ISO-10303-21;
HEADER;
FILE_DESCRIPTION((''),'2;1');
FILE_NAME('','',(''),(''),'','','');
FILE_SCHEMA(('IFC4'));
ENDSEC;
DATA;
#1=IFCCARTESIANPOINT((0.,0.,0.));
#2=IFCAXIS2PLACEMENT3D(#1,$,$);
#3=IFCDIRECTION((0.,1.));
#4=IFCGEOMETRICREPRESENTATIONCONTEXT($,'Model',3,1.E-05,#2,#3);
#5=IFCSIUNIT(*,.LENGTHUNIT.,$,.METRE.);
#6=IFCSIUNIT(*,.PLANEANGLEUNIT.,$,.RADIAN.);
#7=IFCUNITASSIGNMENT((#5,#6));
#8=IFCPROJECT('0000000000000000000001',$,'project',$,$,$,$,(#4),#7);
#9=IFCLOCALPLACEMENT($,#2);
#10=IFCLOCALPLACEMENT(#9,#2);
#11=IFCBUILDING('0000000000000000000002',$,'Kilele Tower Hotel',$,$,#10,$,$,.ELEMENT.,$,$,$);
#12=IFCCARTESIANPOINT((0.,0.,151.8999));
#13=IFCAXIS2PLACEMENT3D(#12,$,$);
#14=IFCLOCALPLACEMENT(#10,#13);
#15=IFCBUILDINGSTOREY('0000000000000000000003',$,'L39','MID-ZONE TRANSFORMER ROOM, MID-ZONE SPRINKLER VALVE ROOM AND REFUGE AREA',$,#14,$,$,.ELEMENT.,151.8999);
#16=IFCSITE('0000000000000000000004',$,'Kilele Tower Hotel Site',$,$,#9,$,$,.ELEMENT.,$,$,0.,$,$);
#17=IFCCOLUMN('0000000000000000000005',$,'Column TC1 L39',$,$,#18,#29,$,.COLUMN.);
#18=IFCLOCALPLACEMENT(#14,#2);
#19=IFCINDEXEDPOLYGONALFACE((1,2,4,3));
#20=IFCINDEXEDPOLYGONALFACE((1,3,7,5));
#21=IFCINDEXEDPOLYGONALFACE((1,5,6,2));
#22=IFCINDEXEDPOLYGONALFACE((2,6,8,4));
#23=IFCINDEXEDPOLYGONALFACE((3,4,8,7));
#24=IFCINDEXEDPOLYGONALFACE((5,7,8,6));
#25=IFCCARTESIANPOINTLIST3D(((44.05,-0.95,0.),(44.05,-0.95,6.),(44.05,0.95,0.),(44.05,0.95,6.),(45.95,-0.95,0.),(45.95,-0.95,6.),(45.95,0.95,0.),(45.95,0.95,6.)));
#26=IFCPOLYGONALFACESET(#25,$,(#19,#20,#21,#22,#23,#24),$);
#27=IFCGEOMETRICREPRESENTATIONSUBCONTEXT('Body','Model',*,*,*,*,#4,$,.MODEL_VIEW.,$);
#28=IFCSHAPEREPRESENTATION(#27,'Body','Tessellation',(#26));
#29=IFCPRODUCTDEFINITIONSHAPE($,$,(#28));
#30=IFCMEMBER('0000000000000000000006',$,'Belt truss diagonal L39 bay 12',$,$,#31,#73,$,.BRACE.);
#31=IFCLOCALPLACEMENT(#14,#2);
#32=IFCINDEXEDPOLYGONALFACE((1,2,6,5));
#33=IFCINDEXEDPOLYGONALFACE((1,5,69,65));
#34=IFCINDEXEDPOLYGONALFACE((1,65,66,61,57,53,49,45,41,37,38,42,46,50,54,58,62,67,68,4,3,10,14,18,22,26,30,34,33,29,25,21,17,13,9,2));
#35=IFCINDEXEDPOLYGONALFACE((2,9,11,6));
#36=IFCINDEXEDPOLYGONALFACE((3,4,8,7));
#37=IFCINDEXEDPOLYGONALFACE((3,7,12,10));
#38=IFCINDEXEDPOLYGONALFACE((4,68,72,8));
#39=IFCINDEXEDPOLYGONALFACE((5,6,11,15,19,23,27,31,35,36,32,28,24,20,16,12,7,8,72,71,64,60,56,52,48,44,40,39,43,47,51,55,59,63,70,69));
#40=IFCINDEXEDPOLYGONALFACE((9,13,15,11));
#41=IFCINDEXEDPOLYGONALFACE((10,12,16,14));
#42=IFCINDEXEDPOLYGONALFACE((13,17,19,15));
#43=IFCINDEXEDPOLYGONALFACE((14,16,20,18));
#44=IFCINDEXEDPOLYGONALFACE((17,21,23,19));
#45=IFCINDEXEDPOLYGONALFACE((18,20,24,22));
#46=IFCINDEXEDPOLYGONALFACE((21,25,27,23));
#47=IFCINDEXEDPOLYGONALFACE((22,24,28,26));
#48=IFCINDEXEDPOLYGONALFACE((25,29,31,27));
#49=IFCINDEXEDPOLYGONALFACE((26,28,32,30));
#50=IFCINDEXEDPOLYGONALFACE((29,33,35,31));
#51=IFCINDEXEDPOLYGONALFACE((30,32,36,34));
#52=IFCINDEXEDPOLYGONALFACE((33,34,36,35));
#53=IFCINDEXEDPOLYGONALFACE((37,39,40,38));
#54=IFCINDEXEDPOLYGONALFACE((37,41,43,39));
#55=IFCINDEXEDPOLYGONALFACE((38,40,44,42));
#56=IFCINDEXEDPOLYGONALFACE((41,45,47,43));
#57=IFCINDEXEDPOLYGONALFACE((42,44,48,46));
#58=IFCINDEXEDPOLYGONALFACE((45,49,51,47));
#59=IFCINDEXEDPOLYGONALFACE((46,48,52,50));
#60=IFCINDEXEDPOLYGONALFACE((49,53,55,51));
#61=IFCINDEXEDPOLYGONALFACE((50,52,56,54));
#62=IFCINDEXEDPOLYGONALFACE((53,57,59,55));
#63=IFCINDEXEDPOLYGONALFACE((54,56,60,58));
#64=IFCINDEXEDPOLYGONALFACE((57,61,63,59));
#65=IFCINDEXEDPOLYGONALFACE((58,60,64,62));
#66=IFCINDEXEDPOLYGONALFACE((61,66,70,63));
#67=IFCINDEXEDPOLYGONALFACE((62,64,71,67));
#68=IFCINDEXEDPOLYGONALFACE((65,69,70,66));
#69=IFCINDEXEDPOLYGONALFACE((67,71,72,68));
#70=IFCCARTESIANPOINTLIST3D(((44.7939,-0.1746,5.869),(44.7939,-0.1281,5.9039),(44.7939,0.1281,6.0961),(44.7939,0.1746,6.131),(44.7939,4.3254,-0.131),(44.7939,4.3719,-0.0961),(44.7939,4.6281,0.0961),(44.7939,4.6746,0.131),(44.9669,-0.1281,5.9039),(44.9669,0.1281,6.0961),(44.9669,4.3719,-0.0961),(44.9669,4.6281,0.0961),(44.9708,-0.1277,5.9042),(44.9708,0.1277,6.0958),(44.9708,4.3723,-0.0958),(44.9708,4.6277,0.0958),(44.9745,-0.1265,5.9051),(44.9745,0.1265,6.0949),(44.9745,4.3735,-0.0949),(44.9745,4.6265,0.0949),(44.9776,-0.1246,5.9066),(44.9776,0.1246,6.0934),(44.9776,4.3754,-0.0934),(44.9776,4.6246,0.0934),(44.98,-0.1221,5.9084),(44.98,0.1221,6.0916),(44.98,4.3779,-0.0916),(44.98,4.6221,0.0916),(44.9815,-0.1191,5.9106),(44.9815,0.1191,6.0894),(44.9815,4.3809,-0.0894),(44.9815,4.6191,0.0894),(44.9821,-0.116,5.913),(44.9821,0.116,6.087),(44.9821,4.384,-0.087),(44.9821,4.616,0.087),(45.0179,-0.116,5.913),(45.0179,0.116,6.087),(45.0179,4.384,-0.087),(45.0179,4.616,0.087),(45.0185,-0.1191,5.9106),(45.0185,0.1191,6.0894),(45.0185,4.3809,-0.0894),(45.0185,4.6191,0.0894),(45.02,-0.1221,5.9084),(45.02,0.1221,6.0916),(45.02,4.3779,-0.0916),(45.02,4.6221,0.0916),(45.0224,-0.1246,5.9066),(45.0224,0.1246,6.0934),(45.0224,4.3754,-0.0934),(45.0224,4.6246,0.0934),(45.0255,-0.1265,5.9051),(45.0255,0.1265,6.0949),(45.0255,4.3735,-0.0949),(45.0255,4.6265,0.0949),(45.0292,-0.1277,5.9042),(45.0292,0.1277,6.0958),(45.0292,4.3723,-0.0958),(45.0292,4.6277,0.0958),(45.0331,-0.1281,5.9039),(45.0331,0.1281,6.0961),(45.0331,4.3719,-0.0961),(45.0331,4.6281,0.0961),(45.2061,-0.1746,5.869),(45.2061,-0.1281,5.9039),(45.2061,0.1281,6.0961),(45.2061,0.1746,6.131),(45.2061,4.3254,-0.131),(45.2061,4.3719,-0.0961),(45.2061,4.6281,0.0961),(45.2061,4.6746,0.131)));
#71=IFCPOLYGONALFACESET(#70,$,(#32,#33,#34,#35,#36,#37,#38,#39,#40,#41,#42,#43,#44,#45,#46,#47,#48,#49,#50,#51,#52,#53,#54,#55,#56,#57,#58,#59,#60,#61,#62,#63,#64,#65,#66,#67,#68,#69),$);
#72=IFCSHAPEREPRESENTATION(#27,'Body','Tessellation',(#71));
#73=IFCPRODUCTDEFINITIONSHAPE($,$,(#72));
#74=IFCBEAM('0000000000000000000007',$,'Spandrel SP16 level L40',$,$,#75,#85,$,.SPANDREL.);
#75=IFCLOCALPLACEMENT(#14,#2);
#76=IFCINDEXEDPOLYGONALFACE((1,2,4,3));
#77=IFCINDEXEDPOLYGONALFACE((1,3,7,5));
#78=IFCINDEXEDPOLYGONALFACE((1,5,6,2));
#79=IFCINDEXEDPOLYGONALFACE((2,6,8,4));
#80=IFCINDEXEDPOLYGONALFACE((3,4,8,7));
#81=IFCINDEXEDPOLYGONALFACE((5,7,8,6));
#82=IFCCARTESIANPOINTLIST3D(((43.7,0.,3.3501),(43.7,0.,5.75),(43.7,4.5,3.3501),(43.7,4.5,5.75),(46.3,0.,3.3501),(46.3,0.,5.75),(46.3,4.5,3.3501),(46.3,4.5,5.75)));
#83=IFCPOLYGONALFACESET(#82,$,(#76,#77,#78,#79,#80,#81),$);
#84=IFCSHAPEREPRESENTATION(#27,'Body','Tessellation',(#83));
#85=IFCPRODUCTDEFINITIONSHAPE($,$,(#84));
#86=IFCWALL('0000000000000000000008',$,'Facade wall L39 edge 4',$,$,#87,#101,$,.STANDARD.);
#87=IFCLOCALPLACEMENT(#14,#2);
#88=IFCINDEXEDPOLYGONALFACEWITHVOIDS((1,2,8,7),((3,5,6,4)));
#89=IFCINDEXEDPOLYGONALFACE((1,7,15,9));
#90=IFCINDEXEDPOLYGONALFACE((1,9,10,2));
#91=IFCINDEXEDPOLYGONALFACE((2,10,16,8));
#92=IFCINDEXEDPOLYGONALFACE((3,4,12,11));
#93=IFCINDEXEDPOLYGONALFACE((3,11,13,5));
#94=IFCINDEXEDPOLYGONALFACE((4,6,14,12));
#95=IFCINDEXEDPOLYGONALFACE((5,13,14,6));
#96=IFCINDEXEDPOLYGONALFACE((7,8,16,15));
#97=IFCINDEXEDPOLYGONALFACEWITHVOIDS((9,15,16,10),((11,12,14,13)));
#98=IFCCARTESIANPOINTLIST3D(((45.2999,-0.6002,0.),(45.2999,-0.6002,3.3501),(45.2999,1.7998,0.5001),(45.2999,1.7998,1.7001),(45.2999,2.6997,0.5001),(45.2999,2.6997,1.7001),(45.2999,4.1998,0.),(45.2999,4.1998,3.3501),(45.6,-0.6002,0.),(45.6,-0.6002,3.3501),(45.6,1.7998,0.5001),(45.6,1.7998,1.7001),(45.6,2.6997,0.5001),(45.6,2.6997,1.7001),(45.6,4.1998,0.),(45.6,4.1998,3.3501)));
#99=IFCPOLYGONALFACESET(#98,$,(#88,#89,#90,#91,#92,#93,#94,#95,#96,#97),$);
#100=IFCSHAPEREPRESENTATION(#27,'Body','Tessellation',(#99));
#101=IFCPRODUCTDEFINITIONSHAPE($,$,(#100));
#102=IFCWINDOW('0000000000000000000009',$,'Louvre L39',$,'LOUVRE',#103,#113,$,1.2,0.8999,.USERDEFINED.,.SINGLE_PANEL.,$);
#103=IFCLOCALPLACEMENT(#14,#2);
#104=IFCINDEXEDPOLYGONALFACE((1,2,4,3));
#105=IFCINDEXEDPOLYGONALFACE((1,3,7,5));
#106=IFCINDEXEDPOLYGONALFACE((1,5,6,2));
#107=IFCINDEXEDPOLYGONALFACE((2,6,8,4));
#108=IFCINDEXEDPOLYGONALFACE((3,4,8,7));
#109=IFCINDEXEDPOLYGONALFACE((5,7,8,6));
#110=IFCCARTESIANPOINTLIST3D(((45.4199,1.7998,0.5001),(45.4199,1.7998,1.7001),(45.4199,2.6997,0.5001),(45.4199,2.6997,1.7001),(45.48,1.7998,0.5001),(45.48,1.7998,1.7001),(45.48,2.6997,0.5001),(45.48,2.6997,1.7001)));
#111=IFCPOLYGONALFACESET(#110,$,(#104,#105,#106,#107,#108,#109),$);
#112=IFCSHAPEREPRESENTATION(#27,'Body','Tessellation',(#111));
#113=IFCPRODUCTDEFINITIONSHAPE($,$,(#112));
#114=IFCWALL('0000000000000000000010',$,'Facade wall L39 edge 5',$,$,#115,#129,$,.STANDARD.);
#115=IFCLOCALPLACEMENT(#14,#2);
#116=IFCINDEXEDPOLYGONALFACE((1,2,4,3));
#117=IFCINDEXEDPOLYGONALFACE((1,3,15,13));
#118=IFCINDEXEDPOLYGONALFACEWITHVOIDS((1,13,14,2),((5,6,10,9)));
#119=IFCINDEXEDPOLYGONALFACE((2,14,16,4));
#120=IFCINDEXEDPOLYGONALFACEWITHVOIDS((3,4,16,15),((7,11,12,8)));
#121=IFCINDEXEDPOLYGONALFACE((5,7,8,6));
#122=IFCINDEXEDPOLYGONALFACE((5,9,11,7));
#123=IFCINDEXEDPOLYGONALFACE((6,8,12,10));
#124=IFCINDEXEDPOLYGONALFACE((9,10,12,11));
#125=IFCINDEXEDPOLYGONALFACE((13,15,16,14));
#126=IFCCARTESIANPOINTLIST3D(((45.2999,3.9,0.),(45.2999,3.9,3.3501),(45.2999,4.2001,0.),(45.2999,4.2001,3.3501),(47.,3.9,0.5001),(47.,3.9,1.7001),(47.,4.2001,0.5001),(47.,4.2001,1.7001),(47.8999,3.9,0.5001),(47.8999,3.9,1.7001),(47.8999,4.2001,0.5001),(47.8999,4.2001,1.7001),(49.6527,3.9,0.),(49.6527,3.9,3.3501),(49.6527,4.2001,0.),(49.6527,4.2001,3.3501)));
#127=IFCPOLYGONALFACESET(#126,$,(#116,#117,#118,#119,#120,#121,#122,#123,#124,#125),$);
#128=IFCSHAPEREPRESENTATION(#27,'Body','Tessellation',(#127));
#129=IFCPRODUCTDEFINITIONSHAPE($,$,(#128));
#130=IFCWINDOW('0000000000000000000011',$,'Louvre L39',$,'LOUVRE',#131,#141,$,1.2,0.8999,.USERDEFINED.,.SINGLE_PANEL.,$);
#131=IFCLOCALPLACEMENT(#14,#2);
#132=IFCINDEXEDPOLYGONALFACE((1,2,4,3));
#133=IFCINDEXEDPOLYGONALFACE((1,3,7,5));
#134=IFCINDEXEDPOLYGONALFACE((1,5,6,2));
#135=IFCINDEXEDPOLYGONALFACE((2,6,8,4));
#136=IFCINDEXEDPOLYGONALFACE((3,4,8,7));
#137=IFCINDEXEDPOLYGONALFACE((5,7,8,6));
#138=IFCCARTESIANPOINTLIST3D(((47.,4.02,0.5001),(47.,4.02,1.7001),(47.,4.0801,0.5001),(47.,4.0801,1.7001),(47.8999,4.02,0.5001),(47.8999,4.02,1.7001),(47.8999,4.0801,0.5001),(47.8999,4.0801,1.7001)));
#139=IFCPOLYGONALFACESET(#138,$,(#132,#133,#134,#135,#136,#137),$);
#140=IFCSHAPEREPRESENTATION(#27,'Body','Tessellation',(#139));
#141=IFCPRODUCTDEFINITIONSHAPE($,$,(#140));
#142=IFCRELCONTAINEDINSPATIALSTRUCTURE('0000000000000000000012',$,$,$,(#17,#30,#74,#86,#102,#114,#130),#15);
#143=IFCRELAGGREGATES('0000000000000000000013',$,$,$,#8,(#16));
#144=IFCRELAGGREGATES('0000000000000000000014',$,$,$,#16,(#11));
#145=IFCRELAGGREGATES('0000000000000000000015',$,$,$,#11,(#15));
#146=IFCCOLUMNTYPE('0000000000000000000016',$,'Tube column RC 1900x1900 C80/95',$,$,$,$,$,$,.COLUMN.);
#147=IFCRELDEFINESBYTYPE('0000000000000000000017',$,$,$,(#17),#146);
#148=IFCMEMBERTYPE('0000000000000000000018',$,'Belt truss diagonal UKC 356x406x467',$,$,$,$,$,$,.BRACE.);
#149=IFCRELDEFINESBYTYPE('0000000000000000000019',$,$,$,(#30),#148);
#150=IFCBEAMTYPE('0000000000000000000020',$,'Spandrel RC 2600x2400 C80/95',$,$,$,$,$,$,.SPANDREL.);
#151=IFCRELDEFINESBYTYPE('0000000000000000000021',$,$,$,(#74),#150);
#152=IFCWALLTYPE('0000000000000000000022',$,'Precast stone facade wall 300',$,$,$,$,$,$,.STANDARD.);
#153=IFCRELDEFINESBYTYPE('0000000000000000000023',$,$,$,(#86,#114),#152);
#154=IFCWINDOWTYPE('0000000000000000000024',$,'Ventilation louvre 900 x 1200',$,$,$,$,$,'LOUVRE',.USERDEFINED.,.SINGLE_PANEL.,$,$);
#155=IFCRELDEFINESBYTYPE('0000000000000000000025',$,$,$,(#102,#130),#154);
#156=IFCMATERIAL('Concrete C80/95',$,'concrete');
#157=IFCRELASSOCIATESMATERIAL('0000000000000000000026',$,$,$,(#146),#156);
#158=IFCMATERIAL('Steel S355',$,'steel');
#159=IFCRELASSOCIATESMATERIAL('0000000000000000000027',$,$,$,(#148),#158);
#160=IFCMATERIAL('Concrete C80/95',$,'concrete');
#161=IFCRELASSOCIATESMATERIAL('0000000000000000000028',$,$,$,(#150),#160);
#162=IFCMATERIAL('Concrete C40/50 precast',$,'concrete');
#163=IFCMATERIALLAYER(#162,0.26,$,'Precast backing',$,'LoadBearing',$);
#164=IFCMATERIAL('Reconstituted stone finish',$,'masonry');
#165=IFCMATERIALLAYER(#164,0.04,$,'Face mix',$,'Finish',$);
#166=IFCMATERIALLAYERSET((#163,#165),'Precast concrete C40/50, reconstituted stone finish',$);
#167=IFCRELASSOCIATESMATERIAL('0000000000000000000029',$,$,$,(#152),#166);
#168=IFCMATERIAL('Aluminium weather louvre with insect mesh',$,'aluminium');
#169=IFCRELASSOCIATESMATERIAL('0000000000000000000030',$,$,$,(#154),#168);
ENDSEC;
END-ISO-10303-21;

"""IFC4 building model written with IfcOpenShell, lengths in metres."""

from ifc_helpers import new_model, si_unit, direction, frame, frame_2d, origin, origin_2d, place, context, subcontext, project, spatial, rectangle, i_section, extrude, material, layer, layer_set, material_profile, profile_set, type_object, element, fill, save


model = new_model("IFC4")

# Units and contexts
model_context = context("Model", 3, precision=1e-05, world=origin(), true_north=direction((0.0, 1.0)))
body_context = subcontext(model_context, "Body", "Model", "MODEL_VIEW")
ifc_project = project(units=[si_unit("LENGTHUNIT", "METRE"), si_unit("PLANEANGLEUNIT", "RADIAN")], contexts=[model_context])

# Site, building, storey
site_placement = place(None, origin())
site = spatial("IfcSite", under=ifc_project, at=site_placement, Name="Kilele Tower Hotel Site", CompositionType="ELEMENT", RefElevation=0.0)
building_placement = place(site_placement, origin())
building = spatial("IfcBuilding", under=site, at=building_placement, Name="Kilele Tower Hotel", CompositionType="ELEMENT")
storey_placement = place(building_placement, frame((0.0, 0.0, 151.8999)))
storey = spatial("IfcBuildingStorey", under=building, at=storey_placement, Name="L39", Description="MID-ZONE TRANSFORMER ROOM, MID-ZONE SPRINKLER VALVE ROOM AND REFUGE AREA", CompositionType="ELEMENT", Elevation=151.8999)

# Column
ifc_material_1 = material(Name="Concrete C80/95", Category="concrete")
ifc_material_profile_1 = material_profile(ifc_material_1, rectangle(XDim=1.8999, YDim=1.8999, at=origin_2d()))
ifc_profile_set_1 = profile_set([ifc_material_profile_1], Name="Concrete C80/95")
column_type = type_object("IfcColumnType", Name="Tube column RC 1900x1900 C80/95", PredefinedType="COLUMN", material=ifc_profile_set_1)
column_placement = place(storey_placement, frame((45.0, 0.0, 0.0), z_axis=(0.0, 0.0, 1.0), x_axis=(1.0, 0.0, 0.0)))
element("IfcColumn", 1, at=column_placement, inside=storey, type_object=column_type, Name="Column TC1 L39", PredefinedType="COLUMN", context=body_context, shape_type="SweptSolid", body=[
    extrude(rectangle(XDim=1.8999, YDim=1.8999, at=origin_2d()), origin(), (0.0, 0.0, 1.0), 6.0),
])

# Member
ifc_material_2 = material(Name="Steel S355", Category="steel")
ifc_material_profile_2 = material_profile(ifc_material_2, i_section(OverallWidth=0.4121, OverallDepth=0.4365, WebThickness=0.0359, FlangeThickness=0.0581, FilletRadius=0.0151, at=origin_2d()))
ifc_profile_set_2 = profile_set([ifc_material_profile_2], Name="Steel S355")
member_type = type_object("IfcMemberType", Name="Belt truss diagonal UKC 356x406x467", PredefinedType="BRACE", material=ifc_profile_set_2)
member_placement = place(storey_placement, frame((45.0, 0.0, 6.0), z_axis=(0.0, 0.6, -0.8), x_axis=(-1.0, 0.0, 0.0)))
element("IfcMember", 2, at=member_placement, inside=storey, type_object=member_type, Name="Belt truss diagonal L39 bay 12", PredefinedType="BRACE", context=body_context, shape_type="SweptSolid", body=[
    extrude(i_section(OverallWidth=0.4121, OverallDepth=0.4365, WebThickness=0.0359, FlangeThickness=0.0581, FilletRadius=0.0151, at=origin_2d()), origin(), (0.0, 0.0, 1.0), 7.5),
])

# Beam
ifc_material_3 = material(Name="Concrete C80/95", Category="concrete")
ifc_material_profile_3 = material_profile(ifc_material_3, rectangle(XDim=2.6001, YDim=2.3999, at=origin_2d()))
ifc_profile_set_3 = profile_set([ifc_material_profile_3], Name="Concrete C80/95")
beam_type = type_object("IfcBeamType", Name="Spandrel RC 2600x2400 C80/95", PredefinedType="SPANDREL", material=ifc_profile_set_3)
beam_placement = place(storey_placement, frame((45.0, 0.0, 4.55), z_axis=(0.0, 1.0, 0.0), x_axis=(-1.0, 0.0, 0.0)))
element("IfcBeam", 3, at=beam_placement, inside=storey, type_object=beam_type, Name="Spandrel SP16 level L40", PredefinedType="SPANDREL", context=body_context, shape_type="SweptSolid", body=[
    extrude(rectangle(XDim=2.6001, YDim=2.3999, at=origin_2d()), origin(), (0.0, 0.0, 1.0), 4.5),
])

# Walls, openings, windows
ifc_material_4 = material(Name="Concrete C40/50 precast", Category="concrete")
ifc_layer_1 = layer(ifc_material_4, 0.26, Name="Precast backing", Category="LoadBearing")
ifc_material_5 = material(Name="Reconstituted stone finish", Category="masonry")
ifc_layer_2 = layer(ifc_material_5, 0.04, Name="Face mix", Category="Finish")
ifc_layer_set_1 = layer_set([ifc_layer_1, ifc_layer_2], Name="Precast concrete C40/50, reconstituted stone finish")
wall_type = type_object("IfcWallType", Name="Precast stone facade wall 300", PredefinedType="STANDARD", material=ifc_layer_set_1)
wall_1_placement = place(storey_placement, frame((45.45, -0.6001, 0.0), z_axis=(0.0, 0.0, 1.0), x_axis=(0.0, 1.0, 0.0)))
wall_1 = element("IfcWall", 4, at=wall_1_placement, inside=storey, type_object=wall_type, Name="Facade wall L39 edge 4", PredefinedType="STANDARD", context=body_context, shape_type="SweptSolid", body=[
    extrude(rectangle(XDim=4.8, YDim=0.3, at=frame_2d((2.3999, 0.0))), origin(), (0.0, 0.0, 1.0), 3.3501),
])
opening_1_placement = place(wall_1_placement, frame((2.3999, 0.0, 0.5)))
opening_1 = element("IfcOpeningElement", 5, at=opening_1_placement, cuts=wall_1, PredefinedType="OPENING", context=body_context, shape_type="SweptSolid", body=[
    extrude(rectangle(XDim=0.8999, YDim=1.2, at=frame_2d((0.45, 0.6001))), frame((0.0, 0.1599, 0.0), z_axis=(0.0, -1.0, 0.0), x_axis=(1.0, 0.0, 0.0)), (0.0, 0.0, 1.0), 0.3201),
])
ifc_material_6 = material(Name="Aluminium weather louvre with insect mesh", Category="aluminium")
window_type = type_object("IfcWindowType", Name="Ventilation louvre 900 x 1200", ElementType="LOUVRE", PartitioningType="SINGLE_PANEL", PredefinedType="USERDEFINED", material=ifc_material_6)
window_1_placement = place(opening_1_placement, origin())
window_1 = element("IfcWindow", 6, at=window_1_placement, inside=storey, type_object=window_type, Name="Louvre L39", ObjectType="LOUVRE", OverallHeight=1.2, OverallWidth=0.8999, PartitioningType="SINGLE_PANEL", PredefinedType="USERDEFINED", context=body_context, shape_type="SweptSolid", body=[
    extrude(rectangle(XDim=0.8999, YDim=1.2, at=frame_2d((0.45, 0.6001))), frame((0.0, 0.03, 0.0), z_axis=(0.0, -1.0, 0.0), x_axis=(1.0, 0.0, 0.0)), (0.0, 0.0, 1.0), 0.0601),
])
fill(opening_1, window_1)
wall_2_placement = place(storey_placement, frame((45.3, 4.05, 0.0), z_axis=(0.0, 0.0, 1.0), x_axis=(1.0, 0.0, 0.0)))
wall_2 = element("IfcWall", 7, at=wall_2_placement, inside=storey, type_object=wall_type, Name="Facade wall L39 edge 5", PredefinedType="STANDARD", context=body_context, shape_type="SweptSolid", body=[
    extrude(rectangle(XDim=4.3528, YDim=0.3, at=frame_2d((2.1763, 0.0))), origin(), (0.0, 0.0, 1.0), 3.3501),
])
opening_2_placement = place(wall_2_placement, frame((1.7, 0.0, 0.5)))
opening_2 = element("IfcOpeningElement", 8, at=opening_2_placement, cuts=wall_2, PredefinedType="OPENING", context=body_context, shape_type="SweptSolid", body=[
    extrude(rectangle(XDim=0.8999, YDim=1.2, at=frame_2d((0.45, 0.6001))), frame((0.0, 0.1599, 0.0), z_axis=(0.0, -1.0, 0.0), x_axis=(1.0, 0.0, 0.0)), (0.0, 0.0, 1.0), 0.3201),
])
window_2_placement = place(opening_2_placement, origin())
window_2 = element("IfcWindow", 9, at=window_2_placement, inside=storey, type_object=window_type, Name="Louvre L39", ObjectType="LOUVRE", OverallHeight=1.2, OverallWidth=0.8999, PartitioningType="SINGLE_PANEL", PredefinedType="USERDEFINED", context=body_context, shape_type="SweptSolid", body=[
    extrude(rectangle(XDim=0.8999, YDim=1.2, at=frame_2d((0.45, 0.6001))), frame((0.0, 0.03, 0.0), z_axis=(0.0, -1.0, 0.0), x_axis=(1.0, 0.0, 0.0)), (0.0, 0.0, 1.0), 0.0601),
])
fill(opening_2, window_2)

save(model, "model.ifc")
